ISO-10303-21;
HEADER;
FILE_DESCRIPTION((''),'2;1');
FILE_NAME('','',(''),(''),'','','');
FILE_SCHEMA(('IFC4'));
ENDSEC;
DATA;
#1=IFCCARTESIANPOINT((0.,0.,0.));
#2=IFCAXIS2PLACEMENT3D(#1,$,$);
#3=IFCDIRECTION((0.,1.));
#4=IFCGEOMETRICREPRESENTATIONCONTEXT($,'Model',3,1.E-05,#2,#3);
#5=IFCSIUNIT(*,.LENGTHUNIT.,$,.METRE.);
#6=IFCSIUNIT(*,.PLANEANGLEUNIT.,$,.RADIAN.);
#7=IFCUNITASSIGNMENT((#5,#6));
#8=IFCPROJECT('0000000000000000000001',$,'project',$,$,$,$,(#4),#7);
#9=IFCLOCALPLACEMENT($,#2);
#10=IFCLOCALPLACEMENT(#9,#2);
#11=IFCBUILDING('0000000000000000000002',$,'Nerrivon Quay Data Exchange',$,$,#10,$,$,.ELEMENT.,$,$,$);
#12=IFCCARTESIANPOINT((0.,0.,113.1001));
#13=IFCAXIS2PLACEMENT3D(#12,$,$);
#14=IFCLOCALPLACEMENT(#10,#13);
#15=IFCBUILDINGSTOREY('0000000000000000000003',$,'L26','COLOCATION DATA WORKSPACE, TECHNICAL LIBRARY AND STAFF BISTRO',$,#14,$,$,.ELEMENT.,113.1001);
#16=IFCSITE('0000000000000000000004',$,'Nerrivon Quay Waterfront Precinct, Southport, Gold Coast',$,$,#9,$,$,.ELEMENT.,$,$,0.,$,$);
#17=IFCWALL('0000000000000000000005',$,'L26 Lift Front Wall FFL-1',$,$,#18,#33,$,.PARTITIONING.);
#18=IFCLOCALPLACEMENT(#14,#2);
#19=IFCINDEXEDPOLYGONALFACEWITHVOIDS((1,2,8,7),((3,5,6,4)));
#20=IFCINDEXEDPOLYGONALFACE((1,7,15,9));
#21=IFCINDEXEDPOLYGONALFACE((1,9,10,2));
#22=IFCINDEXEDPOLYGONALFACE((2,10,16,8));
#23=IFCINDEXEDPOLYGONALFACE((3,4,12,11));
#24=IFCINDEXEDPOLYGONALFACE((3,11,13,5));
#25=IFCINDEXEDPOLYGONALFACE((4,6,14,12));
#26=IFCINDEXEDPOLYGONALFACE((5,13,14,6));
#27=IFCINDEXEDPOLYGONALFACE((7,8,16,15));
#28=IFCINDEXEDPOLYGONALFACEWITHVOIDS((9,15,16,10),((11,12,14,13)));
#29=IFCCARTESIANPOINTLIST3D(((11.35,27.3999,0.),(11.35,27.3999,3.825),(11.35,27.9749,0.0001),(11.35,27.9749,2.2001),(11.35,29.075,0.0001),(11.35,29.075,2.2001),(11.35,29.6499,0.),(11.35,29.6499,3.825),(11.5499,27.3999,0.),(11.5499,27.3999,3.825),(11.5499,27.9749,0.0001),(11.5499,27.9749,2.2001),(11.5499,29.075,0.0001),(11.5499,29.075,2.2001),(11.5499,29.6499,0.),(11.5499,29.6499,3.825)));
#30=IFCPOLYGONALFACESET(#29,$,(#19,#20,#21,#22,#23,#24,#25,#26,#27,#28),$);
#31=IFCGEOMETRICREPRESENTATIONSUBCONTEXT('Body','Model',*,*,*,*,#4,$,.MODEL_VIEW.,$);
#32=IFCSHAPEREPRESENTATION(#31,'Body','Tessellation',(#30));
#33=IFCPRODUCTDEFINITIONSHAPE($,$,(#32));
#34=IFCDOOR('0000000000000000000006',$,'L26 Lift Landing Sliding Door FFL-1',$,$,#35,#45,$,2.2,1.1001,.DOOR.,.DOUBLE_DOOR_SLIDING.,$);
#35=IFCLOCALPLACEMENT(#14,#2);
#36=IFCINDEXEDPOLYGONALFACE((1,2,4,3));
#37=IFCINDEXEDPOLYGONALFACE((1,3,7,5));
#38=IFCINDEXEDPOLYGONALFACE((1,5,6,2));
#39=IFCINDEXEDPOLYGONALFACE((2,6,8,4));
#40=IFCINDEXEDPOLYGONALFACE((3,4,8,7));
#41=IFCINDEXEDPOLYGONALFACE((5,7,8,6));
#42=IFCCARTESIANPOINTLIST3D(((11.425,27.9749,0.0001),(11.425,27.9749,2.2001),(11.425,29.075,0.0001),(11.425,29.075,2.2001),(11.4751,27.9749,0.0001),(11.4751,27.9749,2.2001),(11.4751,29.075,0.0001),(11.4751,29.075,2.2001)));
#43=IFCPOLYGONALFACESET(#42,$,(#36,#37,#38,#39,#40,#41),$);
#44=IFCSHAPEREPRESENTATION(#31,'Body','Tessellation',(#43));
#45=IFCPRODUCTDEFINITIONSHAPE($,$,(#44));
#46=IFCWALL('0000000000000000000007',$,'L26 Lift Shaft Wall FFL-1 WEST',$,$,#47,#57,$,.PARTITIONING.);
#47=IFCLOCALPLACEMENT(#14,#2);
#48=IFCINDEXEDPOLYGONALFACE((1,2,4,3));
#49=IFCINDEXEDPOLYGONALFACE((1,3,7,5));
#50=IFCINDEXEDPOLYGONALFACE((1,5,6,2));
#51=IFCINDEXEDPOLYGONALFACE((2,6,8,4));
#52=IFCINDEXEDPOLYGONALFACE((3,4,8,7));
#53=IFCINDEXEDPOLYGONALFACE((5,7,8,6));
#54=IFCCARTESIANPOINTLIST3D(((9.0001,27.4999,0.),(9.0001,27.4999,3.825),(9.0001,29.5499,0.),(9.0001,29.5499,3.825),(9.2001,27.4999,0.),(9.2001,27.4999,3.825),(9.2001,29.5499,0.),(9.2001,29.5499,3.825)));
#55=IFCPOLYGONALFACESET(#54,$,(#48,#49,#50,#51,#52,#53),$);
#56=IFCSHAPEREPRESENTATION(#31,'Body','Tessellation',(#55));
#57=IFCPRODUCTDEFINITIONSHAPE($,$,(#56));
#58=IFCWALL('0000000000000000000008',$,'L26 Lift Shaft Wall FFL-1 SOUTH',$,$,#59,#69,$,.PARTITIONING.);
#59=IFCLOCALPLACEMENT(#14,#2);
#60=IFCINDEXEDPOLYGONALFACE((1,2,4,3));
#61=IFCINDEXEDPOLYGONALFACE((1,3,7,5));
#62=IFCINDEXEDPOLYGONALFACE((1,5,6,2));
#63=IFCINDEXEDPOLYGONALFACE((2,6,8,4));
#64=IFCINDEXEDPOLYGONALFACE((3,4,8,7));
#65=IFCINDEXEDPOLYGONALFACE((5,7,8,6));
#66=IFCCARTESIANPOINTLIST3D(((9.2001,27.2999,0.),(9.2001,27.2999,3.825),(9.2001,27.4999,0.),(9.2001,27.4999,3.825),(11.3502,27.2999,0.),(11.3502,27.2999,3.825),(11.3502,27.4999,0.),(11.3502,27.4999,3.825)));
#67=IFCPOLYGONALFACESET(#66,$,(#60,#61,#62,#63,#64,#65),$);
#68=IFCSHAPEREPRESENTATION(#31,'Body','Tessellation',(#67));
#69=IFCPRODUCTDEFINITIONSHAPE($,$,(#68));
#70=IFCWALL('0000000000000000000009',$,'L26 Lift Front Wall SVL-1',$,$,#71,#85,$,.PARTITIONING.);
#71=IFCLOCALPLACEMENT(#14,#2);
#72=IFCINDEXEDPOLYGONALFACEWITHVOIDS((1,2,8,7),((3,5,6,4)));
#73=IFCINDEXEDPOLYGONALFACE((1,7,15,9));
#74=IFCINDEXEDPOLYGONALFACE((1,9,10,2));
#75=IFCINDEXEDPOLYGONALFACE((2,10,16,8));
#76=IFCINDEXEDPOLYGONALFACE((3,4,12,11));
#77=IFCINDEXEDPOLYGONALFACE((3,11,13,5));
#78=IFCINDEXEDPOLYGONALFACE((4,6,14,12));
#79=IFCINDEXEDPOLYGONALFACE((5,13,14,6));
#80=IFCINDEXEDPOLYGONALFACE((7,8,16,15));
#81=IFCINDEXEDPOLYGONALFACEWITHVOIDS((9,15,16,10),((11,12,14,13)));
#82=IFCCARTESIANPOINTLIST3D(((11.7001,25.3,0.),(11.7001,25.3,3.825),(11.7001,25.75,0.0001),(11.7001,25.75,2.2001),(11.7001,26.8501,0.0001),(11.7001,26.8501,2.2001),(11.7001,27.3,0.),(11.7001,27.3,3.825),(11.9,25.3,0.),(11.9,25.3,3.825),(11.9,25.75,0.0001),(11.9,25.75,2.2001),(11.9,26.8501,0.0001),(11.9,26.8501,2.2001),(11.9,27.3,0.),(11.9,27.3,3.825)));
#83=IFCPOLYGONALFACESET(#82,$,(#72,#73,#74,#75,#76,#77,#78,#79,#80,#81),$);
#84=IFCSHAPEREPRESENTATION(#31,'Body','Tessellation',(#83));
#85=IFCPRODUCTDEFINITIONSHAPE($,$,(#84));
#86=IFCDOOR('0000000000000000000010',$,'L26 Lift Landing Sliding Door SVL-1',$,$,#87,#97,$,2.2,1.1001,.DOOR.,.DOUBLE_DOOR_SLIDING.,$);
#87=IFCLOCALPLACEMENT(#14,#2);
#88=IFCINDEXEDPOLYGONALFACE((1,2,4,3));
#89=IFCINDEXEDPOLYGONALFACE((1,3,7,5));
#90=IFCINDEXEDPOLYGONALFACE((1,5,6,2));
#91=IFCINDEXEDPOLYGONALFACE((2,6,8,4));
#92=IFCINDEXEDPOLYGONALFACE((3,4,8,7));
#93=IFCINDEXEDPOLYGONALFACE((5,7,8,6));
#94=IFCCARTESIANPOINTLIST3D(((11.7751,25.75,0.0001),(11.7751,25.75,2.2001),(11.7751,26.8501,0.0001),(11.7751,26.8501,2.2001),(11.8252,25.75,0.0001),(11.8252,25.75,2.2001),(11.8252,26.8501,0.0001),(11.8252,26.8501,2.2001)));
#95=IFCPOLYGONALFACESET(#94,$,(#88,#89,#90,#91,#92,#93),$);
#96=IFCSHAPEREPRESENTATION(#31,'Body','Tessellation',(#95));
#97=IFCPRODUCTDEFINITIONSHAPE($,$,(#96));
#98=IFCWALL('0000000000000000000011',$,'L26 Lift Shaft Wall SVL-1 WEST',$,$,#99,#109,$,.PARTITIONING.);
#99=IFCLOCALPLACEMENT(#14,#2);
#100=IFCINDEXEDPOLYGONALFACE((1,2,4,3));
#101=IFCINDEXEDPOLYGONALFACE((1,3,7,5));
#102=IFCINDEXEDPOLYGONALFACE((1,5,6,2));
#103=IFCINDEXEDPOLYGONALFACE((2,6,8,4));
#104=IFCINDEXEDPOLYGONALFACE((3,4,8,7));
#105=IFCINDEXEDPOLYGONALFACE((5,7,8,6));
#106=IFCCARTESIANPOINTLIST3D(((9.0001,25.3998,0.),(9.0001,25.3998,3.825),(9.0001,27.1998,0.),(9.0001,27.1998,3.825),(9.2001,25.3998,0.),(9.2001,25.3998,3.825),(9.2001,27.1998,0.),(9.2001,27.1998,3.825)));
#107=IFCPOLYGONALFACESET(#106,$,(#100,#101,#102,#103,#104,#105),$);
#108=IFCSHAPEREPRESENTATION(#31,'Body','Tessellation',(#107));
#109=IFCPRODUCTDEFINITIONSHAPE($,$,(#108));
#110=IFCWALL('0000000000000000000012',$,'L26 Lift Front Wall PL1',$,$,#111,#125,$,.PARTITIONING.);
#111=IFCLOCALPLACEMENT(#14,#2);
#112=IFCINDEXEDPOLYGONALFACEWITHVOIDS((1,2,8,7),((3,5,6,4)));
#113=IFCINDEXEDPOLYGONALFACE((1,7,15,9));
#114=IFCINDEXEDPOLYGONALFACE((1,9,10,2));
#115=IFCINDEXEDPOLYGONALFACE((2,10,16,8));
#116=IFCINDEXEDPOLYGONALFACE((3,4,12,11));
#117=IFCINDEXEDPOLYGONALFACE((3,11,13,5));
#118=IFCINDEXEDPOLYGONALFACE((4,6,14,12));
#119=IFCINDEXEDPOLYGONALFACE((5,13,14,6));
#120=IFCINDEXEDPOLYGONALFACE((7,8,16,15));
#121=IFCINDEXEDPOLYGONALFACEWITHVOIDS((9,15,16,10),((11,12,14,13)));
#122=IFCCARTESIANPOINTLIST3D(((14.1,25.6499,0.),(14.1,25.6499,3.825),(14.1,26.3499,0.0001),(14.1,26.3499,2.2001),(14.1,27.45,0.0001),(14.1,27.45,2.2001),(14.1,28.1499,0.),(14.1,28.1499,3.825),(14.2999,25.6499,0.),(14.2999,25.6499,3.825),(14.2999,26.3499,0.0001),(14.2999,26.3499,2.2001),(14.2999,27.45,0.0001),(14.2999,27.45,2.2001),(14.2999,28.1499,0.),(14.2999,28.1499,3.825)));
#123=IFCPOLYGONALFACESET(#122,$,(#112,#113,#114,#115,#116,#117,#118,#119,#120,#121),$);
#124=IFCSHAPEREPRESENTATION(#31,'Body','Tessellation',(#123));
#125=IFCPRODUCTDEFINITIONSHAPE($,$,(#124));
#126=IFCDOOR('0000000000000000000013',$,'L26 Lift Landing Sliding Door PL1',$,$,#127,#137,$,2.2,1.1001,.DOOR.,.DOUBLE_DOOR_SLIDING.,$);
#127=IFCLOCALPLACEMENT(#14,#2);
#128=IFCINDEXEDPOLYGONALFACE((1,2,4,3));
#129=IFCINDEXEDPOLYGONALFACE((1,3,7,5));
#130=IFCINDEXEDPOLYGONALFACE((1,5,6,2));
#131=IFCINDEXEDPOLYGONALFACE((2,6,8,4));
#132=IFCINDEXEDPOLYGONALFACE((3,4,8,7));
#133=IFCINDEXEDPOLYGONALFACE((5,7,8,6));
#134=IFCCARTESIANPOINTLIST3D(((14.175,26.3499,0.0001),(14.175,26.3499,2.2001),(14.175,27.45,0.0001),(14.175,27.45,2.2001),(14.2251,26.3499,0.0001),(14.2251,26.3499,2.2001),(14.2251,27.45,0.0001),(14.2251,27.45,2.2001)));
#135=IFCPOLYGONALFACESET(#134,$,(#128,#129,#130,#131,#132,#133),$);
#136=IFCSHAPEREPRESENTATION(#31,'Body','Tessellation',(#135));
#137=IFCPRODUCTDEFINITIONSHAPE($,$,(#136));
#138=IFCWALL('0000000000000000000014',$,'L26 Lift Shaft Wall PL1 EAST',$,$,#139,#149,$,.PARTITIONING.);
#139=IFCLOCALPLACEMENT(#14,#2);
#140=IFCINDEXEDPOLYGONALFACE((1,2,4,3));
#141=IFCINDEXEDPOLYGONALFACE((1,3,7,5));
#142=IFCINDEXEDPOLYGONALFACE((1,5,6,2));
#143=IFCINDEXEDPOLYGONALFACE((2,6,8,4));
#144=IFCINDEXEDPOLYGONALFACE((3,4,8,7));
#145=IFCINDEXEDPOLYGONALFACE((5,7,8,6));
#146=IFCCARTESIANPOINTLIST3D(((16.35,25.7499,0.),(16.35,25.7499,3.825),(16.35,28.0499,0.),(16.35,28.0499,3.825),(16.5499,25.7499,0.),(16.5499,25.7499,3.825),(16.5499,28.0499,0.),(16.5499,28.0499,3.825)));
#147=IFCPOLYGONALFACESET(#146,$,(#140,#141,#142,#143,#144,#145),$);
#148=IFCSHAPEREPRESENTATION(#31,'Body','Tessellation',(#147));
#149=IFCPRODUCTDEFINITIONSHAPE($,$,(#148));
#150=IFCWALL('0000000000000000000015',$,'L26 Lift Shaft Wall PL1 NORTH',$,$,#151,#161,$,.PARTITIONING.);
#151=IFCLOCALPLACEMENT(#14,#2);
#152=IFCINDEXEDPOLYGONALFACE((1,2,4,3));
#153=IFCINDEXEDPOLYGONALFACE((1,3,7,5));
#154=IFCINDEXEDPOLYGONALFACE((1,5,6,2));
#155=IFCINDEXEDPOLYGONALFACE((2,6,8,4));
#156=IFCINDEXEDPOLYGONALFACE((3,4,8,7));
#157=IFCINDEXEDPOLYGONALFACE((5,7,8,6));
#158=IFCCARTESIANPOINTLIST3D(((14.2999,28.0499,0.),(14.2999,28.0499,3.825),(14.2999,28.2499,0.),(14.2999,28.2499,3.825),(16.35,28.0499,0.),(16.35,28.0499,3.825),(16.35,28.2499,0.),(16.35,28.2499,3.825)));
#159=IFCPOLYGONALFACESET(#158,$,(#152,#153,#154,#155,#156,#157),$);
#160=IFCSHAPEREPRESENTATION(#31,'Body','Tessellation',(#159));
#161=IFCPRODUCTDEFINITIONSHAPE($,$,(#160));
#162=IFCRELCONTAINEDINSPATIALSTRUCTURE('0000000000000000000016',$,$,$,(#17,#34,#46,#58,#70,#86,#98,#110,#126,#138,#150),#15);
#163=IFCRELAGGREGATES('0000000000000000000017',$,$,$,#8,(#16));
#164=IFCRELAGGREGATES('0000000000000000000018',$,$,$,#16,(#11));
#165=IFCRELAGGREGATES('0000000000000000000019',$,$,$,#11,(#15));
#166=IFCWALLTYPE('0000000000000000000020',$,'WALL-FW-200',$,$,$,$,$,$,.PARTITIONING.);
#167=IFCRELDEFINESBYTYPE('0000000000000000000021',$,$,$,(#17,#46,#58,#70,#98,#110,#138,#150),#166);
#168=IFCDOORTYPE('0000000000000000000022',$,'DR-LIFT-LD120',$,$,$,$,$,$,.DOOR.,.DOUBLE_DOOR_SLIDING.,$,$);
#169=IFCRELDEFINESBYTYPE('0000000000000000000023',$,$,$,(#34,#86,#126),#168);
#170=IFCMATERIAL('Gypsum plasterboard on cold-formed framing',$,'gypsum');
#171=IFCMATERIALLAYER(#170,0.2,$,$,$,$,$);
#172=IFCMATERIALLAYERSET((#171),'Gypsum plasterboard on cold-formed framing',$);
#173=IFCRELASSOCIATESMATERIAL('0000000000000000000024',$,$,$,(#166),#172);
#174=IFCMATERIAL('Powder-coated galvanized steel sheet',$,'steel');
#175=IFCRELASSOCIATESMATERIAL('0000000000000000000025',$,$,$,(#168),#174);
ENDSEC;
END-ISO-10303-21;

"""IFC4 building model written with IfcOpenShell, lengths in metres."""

from ifc_helpers import new_model, si_unit, direction, frame, frame_2d, origin, place, context, subcontext, project, spatial, rectangle, extrude, material, layer, layer_set, type_object, element, fill, save


model = new_model("IFC4")

# Units and contexts
model_context = context("Model", 3, precision=1e-05, world=origin(), true_north=direction((0.0, 1.0)))
body_context = subcontext(model_context, "Body", "Model", "MODEL_VIEW")
ifc_project = project(units=[si_unit("LENGTHUNIT", "METRE"), si_unit("PLANEANGLEUNIT", "RADIAN")], contexts=[model_context])

# Site, building, storey
site_placement = place(None, origin())
site = spatial("IfcSite", under=ifc_project, at=site_placement, Name="Nerrivon Quay Waterfront Precinct, Southport, Gold Coast", CompositionType="ELEMENT", RefElevation=0.0)
building_placement = place(site_placement, origin())
building = spatial("IfcBuilding", under=site, at=building_placement, Name="Nerrivon Quay Data Exchange", CompositionType="ELEMENT")
storey_placement = place(building_placement, frame((0.0, 0.0, 113.1001)))
storey = spatial("IfcBuildingStorey", under=building, at=storey_placement, Name="L26", Description="COLOCATION DATA WORKSPACE, TECHNICAL LIBRARY AND STAFF BISTRO", CompositionType="ELEMENT", Elevation=113.1001)

# Wall, opening, door
ifc_material_1 = material(Name="Powder-coated galvanized steel sheet", Category="steel")
ifc_material_2 = material(Name="Gypsum plasterboard on cold-formed framing", Category="gypsum")
ifc_layer_1 = layer(ifc_material_2, 0.2)
ifc_layer_set_1 = layer_set([ifc_layer_1], Name="Gypsum plasterboard on cold-formed framing")
wall_type_1 = type_object("IfcWallType", Name="WALL-FW-200", PredefinedType="PARTITIONING", material=ifc_layer_set_1)
wall_1_placement = place(storey_placement, frame((11.45, 27.3999, 0.0), z_axis=(0.0, 0.0, 1.0), x_axis=(0.0, 1.0, 0.0)))
wall_1 = element("IfcWall", 1, at=wall_1_placement, inside=storey, type_object=wall_type_1, Name="L26 Lift Front Wall FFL-1", PredefinedType="PARTITIONING", context=body_context, shape_type="SweptSolid", body=[
    extrude(rectangle(XDim=2.25, YDim=0.2, at=frame_2d((1.125, 0.0))), origin(), (0.0, 0.0, 1.0), 3.825),
])
opening_1_placement = place(wall_1_placement, frame((0.575, 0.0, 0.0)))
opening_1 = element("IfcOpeningElement", 2, at=opening_1_placement, cuts=wall_1, PredefinedType="OPENING", context=body_context, shape_type="SweptSolid", body=[
    extrude(rectangle(XDim=1.1001, YDim=2.2, at=frame_2d((0.55, 1.1001))), frame((0.0, 0.1099, 0.0), z_axis=(0.0, -1.0, 0.0), x_axis=(1.0, 0.0, 0.0)), (0.0, 0.0, 1.0), 0.22),
])
door_type_1 = type_object("IfcDoorType", Name="DR-LIFT-LD120", OperationType="DOUBLE_DOOR_SLIDING", PredefinedType="DOOR", material=ifc_material_1)
door_1_placement = place(opening_1_placement, origin())
door_1 = element("IfcDoor", 3, at=door_1_placement, inside=storey, type_object=door_type_1, Name="L26 Lift Landing Sliding Door FFL-1", OperationType="DOUBLE_DOOR_SLIDING", OverallHeight=2.2, OverallWidth=1.1001, PredefinedType="DOOR", context=body_context, shape_type="SweptSolid", body=[
    extrude(rectangle(XDim=1.1001, YDim=2.2, at=frame_2d((0.55, 1.1001))), frame((0.0, 0.0249, 0.0), z_axis=(0.0, -1.0, 0.0), x_axis=(1.0, 0.0, 0.0)), (0.0, 0.0, 1.0), 0.05),
])
fill(opening_1, door_1)

# Walls
wall_2_placement = place(storey_placement, frame((9.1001, 27.5, 0.0), z_axis=(0.0, 0.0, 1.0), x_axis=(0.0, 1.0, 0.0)))
element("IfcWall", 4, at=wall_2_placement, inside=storey, type_object=wall_type_1, Name="L26 Lift Shaft Wall FFL-1 WEST", PredefinedType="PARTITIONING", context=body_context, shape_type="SweptSolid", body=[
    extrude(rectangle(XDim=2.05, YDim=0.2, at=frame_2d((1.0249, 0.0))), origin(), (0.0, 0.0, 1.0), 3.825),
])
wall_3_placement = place(storey_placement, frame((9.2, 27.3999, 0.0), z_axis=(0.0, 0.0, 1.0), x_axis=(1.0, 0.0, 0.0)))
element("IfcWall", 5, at=wall_3_placement, inside=storey, type_object=wall_type_1, Name="L26 Lift Shaft Wall FFL-1 SOUTH", PredefinedType="PARTITIONING", context=body_context, shape_type="SweptSolid", body=[
    extrude(rectangle(XDim=2.1501, YDim=0.2, at=frame_2d((1.0752, 0.0))), origin(), (0.0, 0.0, 1.0), 3.825),
])

# Wall, opening, door
wall_4_placement = place(storey_placement, frame((11.8, 25.3, 0.0), z_axis=(0.0, 0.0, 1.0), x_axis=(0.0, 1.0, 0.0)))
wall_4 = element("IfcWall", 6, at=wall_4_placement, inside=storey, type_object=wall_type_1, Name="L26 Lift Front Wall SVL-1", PredefinedType="PARTITIONING", context=body_context, shape_type="SweptSolid", body=[
    extrude(rectangle(XDim=2.0, YDim=0.2, at=frame_2d((1.0, 0.0))), origin(), (0.0, 0.0, 1.0), 3.825),
])
opening_2_placement = place(wall_4_placement, frame((0.45, 0.0, 0.0)))
opening_2 = element("IfcOpeningElement", 7, at=opening_2_placement, cuts=wall_4, PredefinedType="OPENING", context=body_context, shape_type="SweptSolid", body=[
    extrude(rectangle(XDim=1.1001, YDim=2.2, at=frame_2d((0.55, 1.1001))), frame((0.0, 0.1099, 0.0), z_axis=(0.0, -1.0, 0.0), x_axis=(1.0, 0.0, 0.0)), (0.0, 0.0, 1.0), 0.22),
])
door_2_placement = place(opening_2_placement, origin())
door_2 = element("IfcDoor", 8, at=door_2_placement, inside=storey, type_object=door_type_1, Name="L26 Lift Landing Sliding Door SVL-1", OperationType="DOUBLE_DOOR_SLIDING", OverallHeight=2.2, OverallWidth=1.1001, PredefinedType="DOOR", context=body_context, shape_type="SweptSolid", body=[
    extrude(rectangle(XDim=1.1001, YDim=2.2, at=frame_2d((0.55, 1.1001))), frame((0.0, 0.0249, 0.0), z_axis=(0.0, -1.0, 0.0), x_axis=(1.0, 0.0, 0.0)), (0.0, 0.0, 1.0), 0.05),
])
fill(opening_2, door_2)

# Wall
wall_5_placement = place(storey_placement, frame((9.1001, 25.3999, 0.0), z_axis=(0.0, 0.0, 1.0), x_axis=(0.0, 1.0, 0.0)))
element("IfcWall", 9, at=wall_5_placement, inside=storey, type_object=wall_type_1, Name="L26 Lift Shaft Wall SVL-1 WEST", PredefinedType="PARTITIONING", context=body_context, shape_type="SweptSolid", body=[
    extrude(rectangle(XDim=1.8, YDim=0.2, at=frame_2d((0.8999, 0.0))), origin(), (0.0, 0.0, 1.0), 3.825),
])

# Wall, opening, door
wall_6_placement = place(storey_placement, frame((14.2, 25.6499, 0.0), z_axis=(0.0, 0.0, 1.0), x_axis=(0.0, 1.0, 0.0)))
wall_6 = element("IfcWall", 10, at=wall_6_placement, inside=storey, type_object=wall_type_1, Name="L26 Lift Front Wall PL1", PredefinedType="PARTITIONING", context=body_context, shape_type="SweptSolid", body=[
    extrude(rectangle(XDim=2.5, YDim=0.2, at=frame_2d((1.25, 0.0))), origin(), (0.0, 0.0, 1.0), 3.825),
])
opening_3_placement = place(wall_6_placement, frame((0.7, 0.0, 0.0)))
opening_3 = element("IfcOpeningElement", 11, at=opening_3_placement, cuts=wall_6, PredefinedType="OPENING", context=body_context, shape_type="SweptSolid", body=[
    extrude(rectangle(XDim=1.1001, YDim=2.2, at=frame_2d((0.55, 1.1001))), frame((0.0, 0.1099, 0.0), z_axis=(0.0, -1.0, 0.0), x_axis=(1.0, 0.0, 0.0)), (0.0, 0.0, 1.0), 0.22),
])
door_3_placement = place(opening_3_placement, origin())
door_3 = element("IfcDoor", 12, at=door_3_placement, inside=storey, type_object=door_type_1, Name="L26 Lift Landing Sliding Door PL1", OperationType="DOUBLE_DOOR_SLIDING", OverallHeight=2.2, OverallWidth=1.1001, PredefinedType="DOOR", context=body_context, shape_type="SweptSolid", body=[
    extrude(rectangle(XDim=1.1001, YDim=2.2, at=frame_2d((0.55, 1.1001))), frame((0.0, 0.0249, 0.0), z_axis=(0.0, -1.0, 0.0), x_axis=(1.0, 0.0, 0.0)), (0.0, 0.0, 1.0), 0.05),
])
fill(opening_3, door_3)

# Walls
wall_7_placement = place(storey_placement, frame((16.45, 25.75, 0.0), z_axis=(0.0, 0.0, 1.0), x_axis=(0.0, 1.0, 0.0)))
element("IfcWall", 13, at=wall_7_placement, inside=storey, type_object=wall_type_1, Name="L26 Lift Shaft Wall PL1 EAST", PredefinedType="PARTITIONING", context=body_context, shape_type="SweptSolid", body=[
    extrude(rectangle(XDim=2.3, YDim=0.2, at=frame_2d((1.1499, 0.0))), origin(), (0.0, 0.0, 1.0), 3.825),
])
wall_8_placement = place(storey_placement, frame((14.3, 28.1499, 0.0), z_axis=(0.0, 0.0, 1.0), x_axis=(1.0, 0.0, 0.0)))
element("IfcWall", 14, at=wall_8_placement, inside=storey, type_object=wall_type_1, Name="L26 Lift Shaft Wall PL1 NORTH", PredefinedType="PARTITIONING", context=body_context, shape_type="SweptSolid", body=[
    extrude(rectangle(XDim=2.05, YDim=0.2, at=frame_2d((1.0249, 0.0))), origin(), (0.0, 0.0, 1.0), 3.825),
])

save(model, "model.ifc")
